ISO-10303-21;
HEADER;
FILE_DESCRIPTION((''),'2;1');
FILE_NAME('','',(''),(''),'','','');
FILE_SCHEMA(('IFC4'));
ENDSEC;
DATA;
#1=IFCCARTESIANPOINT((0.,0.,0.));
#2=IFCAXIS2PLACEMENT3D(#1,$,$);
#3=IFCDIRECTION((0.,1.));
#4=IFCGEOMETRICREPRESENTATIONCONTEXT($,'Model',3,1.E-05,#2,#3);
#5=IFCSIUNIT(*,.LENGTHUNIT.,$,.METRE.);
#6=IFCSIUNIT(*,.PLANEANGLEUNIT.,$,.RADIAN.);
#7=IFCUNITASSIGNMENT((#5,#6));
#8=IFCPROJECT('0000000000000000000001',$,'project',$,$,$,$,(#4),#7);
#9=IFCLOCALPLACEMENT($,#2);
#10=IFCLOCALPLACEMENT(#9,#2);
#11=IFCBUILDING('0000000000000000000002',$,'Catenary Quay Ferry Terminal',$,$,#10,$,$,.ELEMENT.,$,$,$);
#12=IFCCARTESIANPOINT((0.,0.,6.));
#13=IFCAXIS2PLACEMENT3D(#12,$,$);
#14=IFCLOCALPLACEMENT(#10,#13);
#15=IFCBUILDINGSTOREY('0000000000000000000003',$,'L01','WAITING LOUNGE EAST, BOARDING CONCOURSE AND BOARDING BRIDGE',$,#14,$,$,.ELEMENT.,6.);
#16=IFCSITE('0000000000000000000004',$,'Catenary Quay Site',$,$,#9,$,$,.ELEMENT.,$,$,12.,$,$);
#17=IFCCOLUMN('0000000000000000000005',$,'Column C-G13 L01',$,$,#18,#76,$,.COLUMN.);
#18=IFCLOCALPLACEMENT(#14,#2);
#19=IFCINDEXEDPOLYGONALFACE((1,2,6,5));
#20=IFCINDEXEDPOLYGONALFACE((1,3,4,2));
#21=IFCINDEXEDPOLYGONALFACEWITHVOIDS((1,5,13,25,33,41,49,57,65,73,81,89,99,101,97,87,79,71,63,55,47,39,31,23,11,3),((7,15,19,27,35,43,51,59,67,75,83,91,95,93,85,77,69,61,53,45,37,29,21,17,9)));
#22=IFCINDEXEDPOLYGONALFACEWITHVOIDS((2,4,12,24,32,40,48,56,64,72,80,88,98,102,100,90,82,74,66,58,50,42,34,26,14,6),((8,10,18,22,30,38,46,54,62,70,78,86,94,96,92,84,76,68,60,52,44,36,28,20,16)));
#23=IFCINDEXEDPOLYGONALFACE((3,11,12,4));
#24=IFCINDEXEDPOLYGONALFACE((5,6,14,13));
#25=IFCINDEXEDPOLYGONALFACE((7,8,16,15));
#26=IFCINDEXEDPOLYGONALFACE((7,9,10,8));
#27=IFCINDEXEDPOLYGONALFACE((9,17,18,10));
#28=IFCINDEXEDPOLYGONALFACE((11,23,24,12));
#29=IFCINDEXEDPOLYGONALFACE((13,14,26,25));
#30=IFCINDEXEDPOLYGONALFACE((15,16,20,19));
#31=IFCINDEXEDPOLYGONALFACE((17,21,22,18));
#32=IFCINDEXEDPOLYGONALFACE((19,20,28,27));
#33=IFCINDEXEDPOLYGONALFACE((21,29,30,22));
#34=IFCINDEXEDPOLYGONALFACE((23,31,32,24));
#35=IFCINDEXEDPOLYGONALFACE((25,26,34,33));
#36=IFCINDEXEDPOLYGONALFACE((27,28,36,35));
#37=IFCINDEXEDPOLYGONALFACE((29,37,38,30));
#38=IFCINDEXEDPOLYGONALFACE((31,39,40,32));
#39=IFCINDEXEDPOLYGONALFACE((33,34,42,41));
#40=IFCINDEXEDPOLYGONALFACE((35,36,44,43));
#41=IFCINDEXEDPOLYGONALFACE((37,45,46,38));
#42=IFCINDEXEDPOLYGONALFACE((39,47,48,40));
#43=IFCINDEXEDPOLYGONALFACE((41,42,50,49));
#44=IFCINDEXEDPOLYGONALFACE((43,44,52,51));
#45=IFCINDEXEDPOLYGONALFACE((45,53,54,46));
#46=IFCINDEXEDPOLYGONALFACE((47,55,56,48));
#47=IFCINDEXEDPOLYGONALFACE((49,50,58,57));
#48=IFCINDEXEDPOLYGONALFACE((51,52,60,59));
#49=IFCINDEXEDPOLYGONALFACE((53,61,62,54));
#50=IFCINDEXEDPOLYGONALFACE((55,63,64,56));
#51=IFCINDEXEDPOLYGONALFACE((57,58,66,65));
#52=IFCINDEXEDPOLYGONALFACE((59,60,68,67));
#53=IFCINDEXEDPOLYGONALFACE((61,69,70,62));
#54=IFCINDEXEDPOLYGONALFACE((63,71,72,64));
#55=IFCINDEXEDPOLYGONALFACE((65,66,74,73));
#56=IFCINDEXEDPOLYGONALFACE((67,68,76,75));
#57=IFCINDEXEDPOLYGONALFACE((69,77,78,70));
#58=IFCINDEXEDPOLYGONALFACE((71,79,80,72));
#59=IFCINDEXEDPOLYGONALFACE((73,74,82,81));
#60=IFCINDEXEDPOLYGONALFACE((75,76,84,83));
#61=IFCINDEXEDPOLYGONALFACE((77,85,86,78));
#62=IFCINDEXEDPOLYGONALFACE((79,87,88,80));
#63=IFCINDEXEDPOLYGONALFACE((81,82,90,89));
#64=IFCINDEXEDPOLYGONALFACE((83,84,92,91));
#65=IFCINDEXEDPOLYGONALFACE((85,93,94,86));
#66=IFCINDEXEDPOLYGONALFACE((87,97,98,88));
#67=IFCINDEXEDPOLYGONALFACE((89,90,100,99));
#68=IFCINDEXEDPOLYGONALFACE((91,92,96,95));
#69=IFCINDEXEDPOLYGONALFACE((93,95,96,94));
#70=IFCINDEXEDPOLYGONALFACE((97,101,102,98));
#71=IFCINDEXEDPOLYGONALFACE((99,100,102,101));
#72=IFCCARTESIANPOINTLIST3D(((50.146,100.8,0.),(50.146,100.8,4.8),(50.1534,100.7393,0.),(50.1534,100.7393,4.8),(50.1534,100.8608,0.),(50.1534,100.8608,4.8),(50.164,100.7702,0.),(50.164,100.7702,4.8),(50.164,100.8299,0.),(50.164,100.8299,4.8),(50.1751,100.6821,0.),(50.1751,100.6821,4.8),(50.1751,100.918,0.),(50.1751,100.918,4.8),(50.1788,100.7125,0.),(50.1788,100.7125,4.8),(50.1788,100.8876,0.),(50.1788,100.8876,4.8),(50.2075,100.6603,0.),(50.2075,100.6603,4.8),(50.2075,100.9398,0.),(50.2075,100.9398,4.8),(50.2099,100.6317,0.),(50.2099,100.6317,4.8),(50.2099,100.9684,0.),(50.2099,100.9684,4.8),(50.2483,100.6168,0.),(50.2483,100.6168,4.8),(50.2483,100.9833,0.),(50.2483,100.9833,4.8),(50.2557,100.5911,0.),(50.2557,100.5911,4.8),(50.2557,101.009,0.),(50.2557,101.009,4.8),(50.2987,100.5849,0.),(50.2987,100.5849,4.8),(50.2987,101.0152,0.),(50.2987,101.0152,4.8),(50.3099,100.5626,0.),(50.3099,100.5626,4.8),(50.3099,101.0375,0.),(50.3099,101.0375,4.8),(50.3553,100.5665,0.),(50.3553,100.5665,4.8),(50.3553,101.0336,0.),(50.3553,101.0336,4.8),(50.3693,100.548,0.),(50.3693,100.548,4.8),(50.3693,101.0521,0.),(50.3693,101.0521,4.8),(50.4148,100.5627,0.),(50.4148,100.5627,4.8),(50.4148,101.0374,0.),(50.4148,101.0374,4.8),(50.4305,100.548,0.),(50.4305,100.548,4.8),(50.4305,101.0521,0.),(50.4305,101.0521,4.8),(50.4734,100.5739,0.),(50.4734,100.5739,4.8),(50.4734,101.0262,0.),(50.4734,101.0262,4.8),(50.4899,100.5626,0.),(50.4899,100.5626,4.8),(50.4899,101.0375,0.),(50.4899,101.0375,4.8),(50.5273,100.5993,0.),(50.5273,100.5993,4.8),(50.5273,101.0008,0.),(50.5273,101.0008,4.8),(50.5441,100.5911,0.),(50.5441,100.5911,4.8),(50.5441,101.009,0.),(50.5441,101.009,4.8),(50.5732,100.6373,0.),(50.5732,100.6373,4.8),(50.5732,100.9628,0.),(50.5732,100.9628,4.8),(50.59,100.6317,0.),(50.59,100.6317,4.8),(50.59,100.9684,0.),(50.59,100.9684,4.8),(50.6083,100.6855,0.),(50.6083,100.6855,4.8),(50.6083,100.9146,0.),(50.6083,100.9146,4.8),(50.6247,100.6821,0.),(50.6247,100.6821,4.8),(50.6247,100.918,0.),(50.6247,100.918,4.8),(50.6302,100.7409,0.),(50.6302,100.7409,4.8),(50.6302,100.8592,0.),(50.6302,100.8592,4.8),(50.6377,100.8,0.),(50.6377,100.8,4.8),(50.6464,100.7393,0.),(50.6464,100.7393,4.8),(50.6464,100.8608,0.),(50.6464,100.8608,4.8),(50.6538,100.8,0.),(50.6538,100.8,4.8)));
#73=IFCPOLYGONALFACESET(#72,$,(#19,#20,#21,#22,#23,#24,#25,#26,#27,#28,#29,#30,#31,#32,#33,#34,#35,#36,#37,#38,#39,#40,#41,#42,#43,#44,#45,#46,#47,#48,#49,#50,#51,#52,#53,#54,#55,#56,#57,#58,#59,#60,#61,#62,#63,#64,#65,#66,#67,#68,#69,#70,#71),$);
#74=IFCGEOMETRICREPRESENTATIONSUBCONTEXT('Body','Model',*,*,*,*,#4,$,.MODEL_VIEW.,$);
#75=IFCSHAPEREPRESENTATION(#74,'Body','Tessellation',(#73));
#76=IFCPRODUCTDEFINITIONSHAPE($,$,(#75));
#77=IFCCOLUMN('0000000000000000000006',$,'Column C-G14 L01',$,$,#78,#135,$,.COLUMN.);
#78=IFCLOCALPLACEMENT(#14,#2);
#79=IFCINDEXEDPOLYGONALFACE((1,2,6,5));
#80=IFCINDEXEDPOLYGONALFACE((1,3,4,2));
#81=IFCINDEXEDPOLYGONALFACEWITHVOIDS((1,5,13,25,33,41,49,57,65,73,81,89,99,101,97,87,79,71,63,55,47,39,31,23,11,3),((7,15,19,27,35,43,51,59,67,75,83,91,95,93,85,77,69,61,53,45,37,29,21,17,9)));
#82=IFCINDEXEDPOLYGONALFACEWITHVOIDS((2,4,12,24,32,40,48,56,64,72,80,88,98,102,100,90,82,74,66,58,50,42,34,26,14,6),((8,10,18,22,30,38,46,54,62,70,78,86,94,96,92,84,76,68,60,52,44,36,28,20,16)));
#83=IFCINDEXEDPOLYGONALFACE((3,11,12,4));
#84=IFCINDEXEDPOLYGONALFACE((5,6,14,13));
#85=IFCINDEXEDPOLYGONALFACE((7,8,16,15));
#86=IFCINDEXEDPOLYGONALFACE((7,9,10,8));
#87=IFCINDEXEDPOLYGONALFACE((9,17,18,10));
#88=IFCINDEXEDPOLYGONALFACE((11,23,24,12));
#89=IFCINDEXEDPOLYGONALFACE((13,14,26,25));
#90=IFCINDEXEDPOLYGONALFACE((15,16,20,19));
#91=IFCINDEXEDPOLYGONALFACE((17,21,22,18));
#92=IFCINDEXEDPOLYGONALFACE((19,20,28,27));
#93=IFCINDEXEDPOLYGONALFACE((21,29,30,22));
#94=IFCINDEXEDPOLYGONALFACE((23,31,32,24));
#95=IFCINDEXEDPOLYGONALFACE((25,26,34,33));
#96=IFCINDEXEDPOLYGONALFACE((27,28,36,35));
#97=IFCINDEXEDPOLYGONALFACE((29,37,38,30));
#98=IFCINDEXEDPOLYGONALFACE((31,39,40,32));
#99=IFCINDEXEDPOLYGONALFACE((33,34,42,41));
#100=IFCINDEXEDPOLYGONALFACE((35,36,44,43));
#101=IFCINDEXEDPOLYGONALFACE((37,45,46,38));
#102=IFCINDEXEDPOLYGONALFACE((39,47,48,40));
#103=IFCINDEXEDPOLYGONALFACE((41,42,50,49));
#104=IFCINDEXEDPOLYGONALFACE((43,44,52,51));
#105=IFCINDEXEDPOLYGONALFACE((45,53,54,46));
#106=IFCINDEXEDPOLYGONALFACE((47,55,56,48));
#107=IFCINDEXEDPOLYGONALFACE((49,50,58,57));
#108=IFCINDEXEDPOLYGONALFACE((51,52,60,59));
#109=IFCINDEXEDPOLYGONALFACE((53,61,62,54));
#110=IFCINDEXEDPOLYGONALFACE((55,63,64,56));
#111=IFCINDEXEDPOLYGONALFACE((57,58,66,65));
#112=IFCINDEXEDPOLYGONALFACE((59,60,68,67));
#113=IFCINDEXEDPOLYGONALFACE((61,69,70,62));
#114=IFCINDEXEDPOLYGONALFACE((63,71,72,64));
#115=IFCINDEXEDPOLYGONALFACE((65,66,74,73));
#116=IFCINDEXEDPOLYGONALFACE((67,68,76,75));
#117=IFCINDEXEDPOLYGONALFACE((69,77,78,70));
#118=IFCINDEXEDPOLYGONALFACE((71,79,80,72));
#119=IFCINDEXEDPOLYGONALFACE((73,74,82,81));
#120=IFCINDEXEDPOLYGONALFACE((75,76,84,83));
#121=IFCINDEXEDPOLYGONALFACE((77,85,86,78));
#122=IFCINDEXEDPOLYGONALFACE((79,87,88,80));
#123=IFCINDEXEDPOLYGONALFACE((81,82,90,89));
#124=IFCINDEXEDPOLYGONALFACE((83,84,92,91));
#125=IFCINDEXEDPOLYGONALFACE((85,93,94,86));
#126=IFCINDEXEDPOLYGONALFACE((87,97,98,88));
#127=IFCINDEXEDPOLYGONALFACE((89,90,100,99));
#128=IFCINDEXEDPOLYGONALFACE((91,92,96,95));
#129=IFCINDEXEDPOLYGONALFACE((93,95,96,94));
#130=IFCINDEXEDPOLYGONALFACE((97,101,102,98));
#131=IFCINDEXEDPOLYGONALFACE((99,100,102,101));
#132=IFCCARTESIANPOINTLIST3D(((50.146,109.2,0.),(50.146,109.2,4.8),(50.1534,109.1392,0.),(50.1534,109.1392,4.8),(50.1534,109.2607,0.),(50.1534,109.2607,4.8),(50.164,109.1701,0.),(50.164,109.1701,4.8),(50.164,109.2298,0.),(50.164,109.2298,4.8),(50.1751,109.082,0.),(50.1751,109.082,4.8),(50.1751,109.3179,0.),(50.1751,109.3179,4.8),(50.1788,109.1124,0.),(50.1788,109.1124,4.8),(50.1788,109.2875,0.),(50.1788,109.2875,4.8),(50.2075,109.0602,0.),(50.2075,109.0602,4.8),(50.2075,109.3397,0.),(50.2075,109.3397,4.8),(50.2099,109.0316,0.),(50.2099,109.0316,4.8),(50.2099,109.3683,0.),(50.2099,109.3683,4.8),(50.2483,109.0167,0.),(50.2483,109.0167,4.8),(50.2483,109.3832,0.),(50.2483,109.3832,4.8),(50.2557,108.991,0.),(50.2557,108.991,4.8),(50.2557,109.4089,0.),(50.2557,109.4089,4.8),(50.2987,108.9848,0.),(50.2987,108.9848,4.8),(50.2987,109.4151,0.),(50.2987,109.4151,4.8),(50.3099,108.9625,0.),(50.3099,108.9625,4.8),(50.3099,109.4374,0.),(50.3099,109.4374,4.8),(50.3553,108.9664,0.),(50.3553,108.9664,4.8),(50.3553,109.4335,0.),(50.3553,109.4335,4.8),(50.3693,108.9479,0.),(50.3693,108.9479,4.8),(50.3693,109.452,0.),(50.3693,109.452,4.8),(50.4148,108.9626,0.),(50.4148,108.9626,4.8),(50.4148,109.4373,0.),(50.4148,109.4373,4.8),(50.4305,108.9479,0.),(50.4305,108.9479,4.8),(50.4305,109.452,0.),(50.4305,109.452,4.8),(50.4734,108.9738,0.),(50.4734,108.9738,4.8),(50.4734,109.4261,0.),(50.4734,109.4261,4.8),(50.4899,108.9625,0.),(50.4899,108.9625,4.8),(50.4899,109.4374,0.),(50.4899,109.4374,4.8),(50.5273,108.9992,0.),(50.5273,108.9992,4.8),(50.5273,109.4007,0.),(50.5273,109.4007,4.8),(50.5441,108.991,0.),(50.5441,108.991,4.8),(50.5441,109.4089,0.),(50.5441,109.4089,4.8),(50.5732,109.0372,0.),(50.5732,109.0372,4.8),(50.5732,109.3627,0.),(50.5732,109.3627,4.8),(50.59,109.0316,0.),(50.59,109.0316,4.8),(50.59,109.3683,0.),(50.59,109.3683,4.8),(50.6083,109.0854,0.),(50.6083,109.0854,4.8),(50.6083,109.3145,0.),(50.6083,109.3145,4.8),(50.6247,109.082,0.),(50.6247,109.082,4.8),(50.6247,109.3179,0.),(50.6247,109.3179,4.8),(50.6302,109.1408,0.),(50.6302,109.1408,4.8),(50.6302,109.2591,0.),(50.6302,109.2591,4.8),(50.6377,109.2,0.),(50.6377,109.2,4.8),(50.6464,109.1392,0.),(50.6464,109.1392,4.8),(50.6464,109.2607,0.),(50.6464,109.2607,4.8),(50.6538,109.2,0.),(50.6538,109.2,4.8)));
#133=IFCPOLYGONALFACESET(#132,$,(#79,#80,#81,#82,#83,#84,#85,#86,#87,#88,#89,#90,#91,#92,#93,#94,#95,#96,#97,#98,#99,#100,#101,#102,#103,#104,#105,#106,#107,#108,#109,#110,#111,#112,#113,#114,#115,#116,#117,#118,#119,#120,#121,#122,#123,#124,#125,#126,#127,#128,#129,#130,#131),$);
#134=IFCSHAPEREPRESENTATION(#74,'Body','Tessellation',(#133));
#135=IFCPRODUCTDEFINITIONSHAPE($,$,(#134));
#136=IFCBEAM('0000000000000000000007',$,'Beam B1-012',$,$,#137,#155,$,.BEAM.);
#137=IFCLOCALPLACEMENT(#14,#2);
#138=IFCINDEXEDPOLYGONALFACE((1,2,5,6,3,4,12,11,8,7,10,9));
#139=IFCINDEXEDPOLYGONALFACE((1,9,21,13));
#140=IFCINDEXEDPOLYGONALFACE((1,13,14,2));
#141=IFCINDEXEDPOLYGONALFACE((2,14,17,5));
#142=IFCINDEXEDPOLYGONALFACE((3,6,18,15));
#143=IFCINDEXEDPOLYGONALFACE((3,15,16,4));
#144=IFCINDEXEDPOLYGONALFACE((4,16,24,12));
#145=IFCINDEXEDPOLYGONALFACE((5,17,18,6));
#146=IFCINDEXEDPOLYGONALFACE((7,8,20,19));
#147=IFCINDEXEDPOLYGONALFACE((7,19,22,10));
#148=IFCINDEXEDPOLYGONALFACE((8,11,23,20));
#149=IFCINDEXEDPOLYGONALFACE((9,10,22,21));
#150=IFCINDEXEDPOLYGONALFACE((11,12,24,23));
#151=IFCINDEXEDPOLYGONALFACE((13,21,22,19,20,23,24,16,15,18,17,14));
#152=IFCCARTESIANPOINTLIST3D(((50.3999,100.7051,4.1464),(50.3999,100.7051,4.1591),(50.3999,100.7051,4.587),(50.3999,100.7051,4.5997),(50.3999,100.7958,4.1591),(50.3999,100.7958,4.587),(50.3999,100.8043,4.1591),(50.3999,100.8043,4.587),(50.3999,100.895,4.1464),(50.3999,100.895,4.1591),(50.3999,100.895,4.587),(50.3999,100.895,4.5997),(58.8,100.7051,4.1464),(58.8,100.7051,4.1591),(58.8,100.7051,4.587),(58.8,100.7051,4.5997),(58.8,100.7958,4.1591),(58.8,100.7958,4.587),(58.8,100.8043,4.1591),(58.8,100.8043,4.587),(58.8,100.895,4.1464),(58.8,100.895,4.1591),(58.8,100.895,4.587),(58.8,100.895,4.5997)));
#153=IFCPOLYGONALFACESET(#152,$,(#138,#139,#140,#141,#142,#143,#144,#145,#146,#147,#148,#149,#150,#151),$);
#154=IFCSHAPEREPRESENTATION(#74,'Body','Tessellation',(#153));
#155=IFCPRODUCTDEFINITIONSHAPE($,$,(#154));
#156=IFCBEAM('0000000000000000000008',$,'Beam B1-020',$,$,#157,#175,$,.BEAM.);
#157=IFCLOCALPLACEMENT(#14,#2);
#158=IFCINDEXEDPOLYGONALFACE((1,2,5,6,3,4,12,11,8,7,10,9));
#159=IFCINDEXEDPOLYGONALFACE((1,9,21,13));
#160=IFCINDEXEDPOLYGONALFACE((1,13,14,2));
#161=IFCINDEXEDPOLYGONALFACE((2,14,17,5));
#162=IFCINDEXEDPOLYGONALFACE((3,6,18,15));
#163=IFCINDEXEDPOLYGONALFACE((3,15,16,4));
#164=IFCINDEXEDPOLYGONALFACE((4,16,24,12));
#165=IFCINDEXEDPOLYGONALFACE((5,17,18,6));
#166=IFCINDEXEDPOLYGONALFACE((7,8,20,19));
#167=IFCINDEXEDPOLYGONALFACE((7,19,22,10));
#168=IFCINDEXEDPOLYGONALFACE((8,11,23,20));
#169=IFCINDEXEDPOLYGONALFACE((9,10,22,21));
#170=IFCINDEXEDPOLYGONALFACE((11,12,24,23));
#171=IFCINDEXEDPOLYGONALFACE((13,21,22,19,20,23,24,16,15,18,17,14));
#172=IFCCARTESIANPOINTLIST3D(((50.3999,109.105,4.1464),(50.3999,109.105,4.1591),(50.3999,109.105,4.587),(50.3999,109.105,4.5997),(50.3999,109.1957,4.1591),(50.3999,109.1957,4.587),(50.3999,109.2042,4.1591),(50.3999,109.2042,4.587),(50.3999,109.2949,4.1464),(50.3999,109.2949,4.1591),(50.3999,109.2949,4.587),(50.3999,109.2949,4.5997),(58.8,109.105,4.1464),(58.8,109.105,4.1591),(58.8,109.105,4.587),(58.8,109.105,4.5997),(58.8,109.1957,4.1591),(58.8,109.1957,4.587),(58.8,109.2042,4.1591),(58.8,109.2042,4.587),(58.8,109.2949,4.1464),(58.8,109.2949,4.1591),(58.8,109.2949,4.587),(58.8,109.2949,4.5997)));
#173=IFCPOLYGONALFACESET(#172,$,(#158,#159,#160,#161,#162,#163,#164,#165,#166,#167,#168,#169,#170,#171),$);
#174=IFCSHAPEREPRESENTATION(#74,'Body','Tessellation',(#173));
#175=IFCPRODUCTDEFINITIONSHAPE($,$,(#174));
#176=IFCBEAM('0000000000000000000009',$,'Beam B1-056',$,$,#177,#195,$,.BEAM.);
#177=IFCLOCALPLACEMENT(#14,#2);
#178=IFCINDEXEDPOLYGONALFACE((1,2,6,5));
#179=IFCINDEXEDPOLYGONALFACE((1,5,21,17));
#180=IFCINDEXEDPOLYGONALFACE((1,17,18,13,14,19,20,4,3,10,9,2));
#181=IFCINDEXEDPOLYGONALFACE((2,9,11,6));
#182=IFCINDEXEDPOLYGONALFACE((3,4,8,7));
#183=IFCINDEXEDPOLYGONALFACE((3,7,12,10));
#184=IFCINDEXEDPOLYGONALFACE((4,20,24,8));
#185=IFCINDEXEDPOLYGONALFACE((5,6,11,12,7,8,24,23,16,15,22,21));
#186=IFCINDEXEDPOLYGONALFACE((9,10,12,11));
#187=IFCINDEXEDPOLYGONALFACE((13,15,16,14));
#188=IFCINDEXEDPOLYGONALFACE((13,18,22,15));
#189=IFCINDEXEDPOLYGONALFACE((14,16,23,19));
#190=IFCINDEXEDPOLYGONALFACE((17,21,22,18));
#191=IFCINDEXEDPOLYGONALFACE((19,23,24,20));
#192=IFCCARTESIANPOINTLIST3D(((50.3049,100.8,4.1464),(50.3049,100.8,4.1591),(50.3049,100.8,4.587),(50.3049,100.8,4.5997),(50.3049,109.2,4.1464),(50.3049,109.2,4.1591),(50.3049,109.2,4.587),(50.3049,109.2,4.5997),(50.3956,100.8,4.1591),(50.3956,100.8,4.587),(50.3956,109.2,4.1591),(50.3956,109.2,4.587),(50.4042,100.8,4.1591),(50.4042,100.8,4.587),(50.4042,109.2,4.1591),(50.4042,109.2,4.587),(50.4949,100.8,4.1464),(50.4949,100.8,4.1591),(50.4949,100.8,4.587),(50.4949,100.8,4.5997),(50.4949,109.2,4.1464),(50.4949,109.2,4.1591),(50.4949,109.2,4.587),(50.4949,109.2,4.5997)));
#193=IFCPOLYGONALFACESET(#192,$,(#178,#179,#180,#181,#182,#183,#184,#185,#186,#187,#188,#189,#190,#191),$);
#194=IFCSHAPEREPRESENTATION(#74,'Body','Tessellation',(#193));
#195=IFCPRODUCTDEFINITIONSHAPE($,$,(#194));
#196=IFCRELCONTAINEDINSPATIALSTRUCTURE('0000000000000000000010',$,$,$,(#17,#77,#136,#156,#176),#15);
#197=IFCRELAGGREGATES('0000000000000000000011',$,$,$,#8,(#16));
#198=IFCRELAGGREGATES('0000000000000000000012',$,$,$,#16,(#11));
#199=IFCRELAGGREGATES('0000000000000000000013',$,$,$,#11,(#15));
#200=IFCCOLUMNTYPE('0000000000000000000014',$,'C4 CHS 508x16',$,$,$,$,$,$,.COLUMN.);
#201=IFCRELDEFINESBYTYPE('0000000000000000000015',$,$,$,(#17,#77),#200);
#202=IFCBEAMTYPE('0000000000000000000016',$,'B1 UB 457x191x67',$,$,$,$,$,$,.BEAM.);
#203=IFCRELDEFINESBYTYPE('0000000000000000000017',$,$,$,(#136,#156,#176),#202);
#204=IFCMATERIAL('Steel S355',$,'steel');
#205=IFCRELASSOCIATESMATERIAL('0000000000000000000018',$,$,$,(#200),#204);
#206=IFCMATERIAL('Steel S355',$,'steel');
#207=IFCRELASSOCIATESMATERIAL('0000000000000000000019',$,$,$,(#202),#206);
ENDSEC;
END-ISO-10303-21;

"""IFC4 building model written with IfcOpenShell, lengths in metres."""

from ifc_helpers import new_model, si_unit, direction, frame, origin, origin_2d, place, context, subcontext, project, spatial, hollow_circle, i_section, extrude, material, material_profile, profile_set, type_object, element, save


model = new_model("IFC4")

# Units and contexts
model_context = context("Model", 3, precision=1e-05, world=origin(), true_north=direction((0.0, 1.0)))
body_context = subcontext(model_context, "Body", "Model", "MODEL_VIEW")
ifc_project = project(units=[si_unit("LENGTHUNIT", "METRE"), si_unit("PLANEANGLEUNIT", "RADIAN")], contexts=[model_context])

# Site, building, storey
site_placement = place(None, origin())
site = spatial("IfcSite", under=ifc_project, at=site_placement, Name="Catenary Quay Site", CompositionType="ELEMENT", RefElevation=12.0)
building_placement = place(site_placement, origin())
building = spatial("IfcBuilding", under=site, at=building_placement, Name="Catenary Quay Ferry Terminal", CompositionType="ELEMENT")
storey_placement = place(building_placement, frame((0.0, 0.0, 6.0)))
storey = spatial("IfcBuildingStorey", under=building, at=storey_placement, Name="L01", Description="WAITING LOUNGE EAST, BOARDING CONCOURSE AND BOARDING BRIDGE", CompositionType="ELEMENT", Elevation=6.0)

# Columns
ifc_material_1 = material(Name="Steel S355", Category="steel")
ifc_material_profile_1 = material_profile(ifc_material_1, hollow_circle(Radius=0.2539, WallThickness=0.0161, at=origin_2d()), Name="CHS 508x16")
ifc_profile_set_1 = profile_set([ifc_material_profile_1], Name="Steel S355")
column_type = type_object("IfcColumnType", Name="C4 CHS 508x16", PredefinedType="COLUMN", material=ifc_profile_set_1)
for number, where, z_axis, x_axis, name in (
    (1, (50.3999, 100.8, 0.0), (0.0, 0.0, 1.0), (1.0, 0.0, 0.0), "Column C-G13 L01"),
    (2, (50.3999, 109.2, 0.0), (0.0, 0.0, 1.0), (1.0, 0.0, 0.0), "Column C-G14 L01"),
):
    element("IfcColumn", number, at=place(storey_placement, frame(where, z_axis=z_axis, x_axis=x_axis)), inside=storey, type_object=column_type, Name=name, PredefinedType="COLUMN", context=body_context, shape_type="SweptSolid", body=[
        extrude(hollow_circle(Radius=0.2539, WallThickness=0.0161, at=origin_2d()), origin(), (0.0, 0.0, 1.0), 4.8),
    ])

# Beams
ifc_material_2 = material(Name="Steel S355", Category="steel")
ifc_material_profile_2 = material_profile(ifc_material_2, i_section(OverallWidth=0.1899, OverallDepth=0.4534, WebThickness=0.0085, FlangeThickness=0.0127, at=origin_2d()), Name="UB 457x191x67")
ifc_profile_set_2 = profile_set([ifc_material_profile_2], Name="Steel S355")
beam_type_1 = type_object("IfcBeamType", Name="B1 UB 457x191x67", PredefinedType="BEAM", material=ifc_profile_set_2)
for number, where, z_axis, x_axis, name in (
    (3, (50.3999, 100.8, 4.373), (1.0, 0.0, 0.0), (0.0, 1.0, 0.0), "Beam B1-012"),
    (4, (50.3999, 109.2, 4.373), (1.0, 0.0, 0.0), (0.0, 1.0, 0.0), "Beam B1-020"),
):
    element("IfcBeam", number, at=place(storey_placement, frame(where, z_axis=z_axis, x_axis=x_axis)), inside=storey, type_object=beam_type_1, Name=name, PredefinedType="BEAM", context=body_context, shape_type="SweptSolid", body=[
        extrude(i_section(OverallWidth=0.1899, OverallDepth=0.4534, WebThickness=0.0085, FlangeThickness=0.0127, at=origin_2d()), origin(), (0.0, 0.0, 1.0), 8.4001),
    ])
beam_1_placement = place(storey_placement, frame((50.3999, 100.8, 4.373), z_axis=(0.0, 1.0, 0.0), x_axis=(-1.0, 0.0, 0.0)))
element("IfcBeam", 5, at=beam_1_placement, inside=storey, type_object=beam_type_1, Name="Beam B1-056", PredefinedType="BEAM", context=body_context, shape_type="SweptSolid", body=[
    extrude(i_section(OverallWidth=0.1899, OverallDepth=0.4534, WebThickness=0.0085, FlangeThickness=0.0127, at=origin_2d()), origin(), (0.0, 0.0, 1.0), 8.3999),
])

save(model, "model.ifc")
